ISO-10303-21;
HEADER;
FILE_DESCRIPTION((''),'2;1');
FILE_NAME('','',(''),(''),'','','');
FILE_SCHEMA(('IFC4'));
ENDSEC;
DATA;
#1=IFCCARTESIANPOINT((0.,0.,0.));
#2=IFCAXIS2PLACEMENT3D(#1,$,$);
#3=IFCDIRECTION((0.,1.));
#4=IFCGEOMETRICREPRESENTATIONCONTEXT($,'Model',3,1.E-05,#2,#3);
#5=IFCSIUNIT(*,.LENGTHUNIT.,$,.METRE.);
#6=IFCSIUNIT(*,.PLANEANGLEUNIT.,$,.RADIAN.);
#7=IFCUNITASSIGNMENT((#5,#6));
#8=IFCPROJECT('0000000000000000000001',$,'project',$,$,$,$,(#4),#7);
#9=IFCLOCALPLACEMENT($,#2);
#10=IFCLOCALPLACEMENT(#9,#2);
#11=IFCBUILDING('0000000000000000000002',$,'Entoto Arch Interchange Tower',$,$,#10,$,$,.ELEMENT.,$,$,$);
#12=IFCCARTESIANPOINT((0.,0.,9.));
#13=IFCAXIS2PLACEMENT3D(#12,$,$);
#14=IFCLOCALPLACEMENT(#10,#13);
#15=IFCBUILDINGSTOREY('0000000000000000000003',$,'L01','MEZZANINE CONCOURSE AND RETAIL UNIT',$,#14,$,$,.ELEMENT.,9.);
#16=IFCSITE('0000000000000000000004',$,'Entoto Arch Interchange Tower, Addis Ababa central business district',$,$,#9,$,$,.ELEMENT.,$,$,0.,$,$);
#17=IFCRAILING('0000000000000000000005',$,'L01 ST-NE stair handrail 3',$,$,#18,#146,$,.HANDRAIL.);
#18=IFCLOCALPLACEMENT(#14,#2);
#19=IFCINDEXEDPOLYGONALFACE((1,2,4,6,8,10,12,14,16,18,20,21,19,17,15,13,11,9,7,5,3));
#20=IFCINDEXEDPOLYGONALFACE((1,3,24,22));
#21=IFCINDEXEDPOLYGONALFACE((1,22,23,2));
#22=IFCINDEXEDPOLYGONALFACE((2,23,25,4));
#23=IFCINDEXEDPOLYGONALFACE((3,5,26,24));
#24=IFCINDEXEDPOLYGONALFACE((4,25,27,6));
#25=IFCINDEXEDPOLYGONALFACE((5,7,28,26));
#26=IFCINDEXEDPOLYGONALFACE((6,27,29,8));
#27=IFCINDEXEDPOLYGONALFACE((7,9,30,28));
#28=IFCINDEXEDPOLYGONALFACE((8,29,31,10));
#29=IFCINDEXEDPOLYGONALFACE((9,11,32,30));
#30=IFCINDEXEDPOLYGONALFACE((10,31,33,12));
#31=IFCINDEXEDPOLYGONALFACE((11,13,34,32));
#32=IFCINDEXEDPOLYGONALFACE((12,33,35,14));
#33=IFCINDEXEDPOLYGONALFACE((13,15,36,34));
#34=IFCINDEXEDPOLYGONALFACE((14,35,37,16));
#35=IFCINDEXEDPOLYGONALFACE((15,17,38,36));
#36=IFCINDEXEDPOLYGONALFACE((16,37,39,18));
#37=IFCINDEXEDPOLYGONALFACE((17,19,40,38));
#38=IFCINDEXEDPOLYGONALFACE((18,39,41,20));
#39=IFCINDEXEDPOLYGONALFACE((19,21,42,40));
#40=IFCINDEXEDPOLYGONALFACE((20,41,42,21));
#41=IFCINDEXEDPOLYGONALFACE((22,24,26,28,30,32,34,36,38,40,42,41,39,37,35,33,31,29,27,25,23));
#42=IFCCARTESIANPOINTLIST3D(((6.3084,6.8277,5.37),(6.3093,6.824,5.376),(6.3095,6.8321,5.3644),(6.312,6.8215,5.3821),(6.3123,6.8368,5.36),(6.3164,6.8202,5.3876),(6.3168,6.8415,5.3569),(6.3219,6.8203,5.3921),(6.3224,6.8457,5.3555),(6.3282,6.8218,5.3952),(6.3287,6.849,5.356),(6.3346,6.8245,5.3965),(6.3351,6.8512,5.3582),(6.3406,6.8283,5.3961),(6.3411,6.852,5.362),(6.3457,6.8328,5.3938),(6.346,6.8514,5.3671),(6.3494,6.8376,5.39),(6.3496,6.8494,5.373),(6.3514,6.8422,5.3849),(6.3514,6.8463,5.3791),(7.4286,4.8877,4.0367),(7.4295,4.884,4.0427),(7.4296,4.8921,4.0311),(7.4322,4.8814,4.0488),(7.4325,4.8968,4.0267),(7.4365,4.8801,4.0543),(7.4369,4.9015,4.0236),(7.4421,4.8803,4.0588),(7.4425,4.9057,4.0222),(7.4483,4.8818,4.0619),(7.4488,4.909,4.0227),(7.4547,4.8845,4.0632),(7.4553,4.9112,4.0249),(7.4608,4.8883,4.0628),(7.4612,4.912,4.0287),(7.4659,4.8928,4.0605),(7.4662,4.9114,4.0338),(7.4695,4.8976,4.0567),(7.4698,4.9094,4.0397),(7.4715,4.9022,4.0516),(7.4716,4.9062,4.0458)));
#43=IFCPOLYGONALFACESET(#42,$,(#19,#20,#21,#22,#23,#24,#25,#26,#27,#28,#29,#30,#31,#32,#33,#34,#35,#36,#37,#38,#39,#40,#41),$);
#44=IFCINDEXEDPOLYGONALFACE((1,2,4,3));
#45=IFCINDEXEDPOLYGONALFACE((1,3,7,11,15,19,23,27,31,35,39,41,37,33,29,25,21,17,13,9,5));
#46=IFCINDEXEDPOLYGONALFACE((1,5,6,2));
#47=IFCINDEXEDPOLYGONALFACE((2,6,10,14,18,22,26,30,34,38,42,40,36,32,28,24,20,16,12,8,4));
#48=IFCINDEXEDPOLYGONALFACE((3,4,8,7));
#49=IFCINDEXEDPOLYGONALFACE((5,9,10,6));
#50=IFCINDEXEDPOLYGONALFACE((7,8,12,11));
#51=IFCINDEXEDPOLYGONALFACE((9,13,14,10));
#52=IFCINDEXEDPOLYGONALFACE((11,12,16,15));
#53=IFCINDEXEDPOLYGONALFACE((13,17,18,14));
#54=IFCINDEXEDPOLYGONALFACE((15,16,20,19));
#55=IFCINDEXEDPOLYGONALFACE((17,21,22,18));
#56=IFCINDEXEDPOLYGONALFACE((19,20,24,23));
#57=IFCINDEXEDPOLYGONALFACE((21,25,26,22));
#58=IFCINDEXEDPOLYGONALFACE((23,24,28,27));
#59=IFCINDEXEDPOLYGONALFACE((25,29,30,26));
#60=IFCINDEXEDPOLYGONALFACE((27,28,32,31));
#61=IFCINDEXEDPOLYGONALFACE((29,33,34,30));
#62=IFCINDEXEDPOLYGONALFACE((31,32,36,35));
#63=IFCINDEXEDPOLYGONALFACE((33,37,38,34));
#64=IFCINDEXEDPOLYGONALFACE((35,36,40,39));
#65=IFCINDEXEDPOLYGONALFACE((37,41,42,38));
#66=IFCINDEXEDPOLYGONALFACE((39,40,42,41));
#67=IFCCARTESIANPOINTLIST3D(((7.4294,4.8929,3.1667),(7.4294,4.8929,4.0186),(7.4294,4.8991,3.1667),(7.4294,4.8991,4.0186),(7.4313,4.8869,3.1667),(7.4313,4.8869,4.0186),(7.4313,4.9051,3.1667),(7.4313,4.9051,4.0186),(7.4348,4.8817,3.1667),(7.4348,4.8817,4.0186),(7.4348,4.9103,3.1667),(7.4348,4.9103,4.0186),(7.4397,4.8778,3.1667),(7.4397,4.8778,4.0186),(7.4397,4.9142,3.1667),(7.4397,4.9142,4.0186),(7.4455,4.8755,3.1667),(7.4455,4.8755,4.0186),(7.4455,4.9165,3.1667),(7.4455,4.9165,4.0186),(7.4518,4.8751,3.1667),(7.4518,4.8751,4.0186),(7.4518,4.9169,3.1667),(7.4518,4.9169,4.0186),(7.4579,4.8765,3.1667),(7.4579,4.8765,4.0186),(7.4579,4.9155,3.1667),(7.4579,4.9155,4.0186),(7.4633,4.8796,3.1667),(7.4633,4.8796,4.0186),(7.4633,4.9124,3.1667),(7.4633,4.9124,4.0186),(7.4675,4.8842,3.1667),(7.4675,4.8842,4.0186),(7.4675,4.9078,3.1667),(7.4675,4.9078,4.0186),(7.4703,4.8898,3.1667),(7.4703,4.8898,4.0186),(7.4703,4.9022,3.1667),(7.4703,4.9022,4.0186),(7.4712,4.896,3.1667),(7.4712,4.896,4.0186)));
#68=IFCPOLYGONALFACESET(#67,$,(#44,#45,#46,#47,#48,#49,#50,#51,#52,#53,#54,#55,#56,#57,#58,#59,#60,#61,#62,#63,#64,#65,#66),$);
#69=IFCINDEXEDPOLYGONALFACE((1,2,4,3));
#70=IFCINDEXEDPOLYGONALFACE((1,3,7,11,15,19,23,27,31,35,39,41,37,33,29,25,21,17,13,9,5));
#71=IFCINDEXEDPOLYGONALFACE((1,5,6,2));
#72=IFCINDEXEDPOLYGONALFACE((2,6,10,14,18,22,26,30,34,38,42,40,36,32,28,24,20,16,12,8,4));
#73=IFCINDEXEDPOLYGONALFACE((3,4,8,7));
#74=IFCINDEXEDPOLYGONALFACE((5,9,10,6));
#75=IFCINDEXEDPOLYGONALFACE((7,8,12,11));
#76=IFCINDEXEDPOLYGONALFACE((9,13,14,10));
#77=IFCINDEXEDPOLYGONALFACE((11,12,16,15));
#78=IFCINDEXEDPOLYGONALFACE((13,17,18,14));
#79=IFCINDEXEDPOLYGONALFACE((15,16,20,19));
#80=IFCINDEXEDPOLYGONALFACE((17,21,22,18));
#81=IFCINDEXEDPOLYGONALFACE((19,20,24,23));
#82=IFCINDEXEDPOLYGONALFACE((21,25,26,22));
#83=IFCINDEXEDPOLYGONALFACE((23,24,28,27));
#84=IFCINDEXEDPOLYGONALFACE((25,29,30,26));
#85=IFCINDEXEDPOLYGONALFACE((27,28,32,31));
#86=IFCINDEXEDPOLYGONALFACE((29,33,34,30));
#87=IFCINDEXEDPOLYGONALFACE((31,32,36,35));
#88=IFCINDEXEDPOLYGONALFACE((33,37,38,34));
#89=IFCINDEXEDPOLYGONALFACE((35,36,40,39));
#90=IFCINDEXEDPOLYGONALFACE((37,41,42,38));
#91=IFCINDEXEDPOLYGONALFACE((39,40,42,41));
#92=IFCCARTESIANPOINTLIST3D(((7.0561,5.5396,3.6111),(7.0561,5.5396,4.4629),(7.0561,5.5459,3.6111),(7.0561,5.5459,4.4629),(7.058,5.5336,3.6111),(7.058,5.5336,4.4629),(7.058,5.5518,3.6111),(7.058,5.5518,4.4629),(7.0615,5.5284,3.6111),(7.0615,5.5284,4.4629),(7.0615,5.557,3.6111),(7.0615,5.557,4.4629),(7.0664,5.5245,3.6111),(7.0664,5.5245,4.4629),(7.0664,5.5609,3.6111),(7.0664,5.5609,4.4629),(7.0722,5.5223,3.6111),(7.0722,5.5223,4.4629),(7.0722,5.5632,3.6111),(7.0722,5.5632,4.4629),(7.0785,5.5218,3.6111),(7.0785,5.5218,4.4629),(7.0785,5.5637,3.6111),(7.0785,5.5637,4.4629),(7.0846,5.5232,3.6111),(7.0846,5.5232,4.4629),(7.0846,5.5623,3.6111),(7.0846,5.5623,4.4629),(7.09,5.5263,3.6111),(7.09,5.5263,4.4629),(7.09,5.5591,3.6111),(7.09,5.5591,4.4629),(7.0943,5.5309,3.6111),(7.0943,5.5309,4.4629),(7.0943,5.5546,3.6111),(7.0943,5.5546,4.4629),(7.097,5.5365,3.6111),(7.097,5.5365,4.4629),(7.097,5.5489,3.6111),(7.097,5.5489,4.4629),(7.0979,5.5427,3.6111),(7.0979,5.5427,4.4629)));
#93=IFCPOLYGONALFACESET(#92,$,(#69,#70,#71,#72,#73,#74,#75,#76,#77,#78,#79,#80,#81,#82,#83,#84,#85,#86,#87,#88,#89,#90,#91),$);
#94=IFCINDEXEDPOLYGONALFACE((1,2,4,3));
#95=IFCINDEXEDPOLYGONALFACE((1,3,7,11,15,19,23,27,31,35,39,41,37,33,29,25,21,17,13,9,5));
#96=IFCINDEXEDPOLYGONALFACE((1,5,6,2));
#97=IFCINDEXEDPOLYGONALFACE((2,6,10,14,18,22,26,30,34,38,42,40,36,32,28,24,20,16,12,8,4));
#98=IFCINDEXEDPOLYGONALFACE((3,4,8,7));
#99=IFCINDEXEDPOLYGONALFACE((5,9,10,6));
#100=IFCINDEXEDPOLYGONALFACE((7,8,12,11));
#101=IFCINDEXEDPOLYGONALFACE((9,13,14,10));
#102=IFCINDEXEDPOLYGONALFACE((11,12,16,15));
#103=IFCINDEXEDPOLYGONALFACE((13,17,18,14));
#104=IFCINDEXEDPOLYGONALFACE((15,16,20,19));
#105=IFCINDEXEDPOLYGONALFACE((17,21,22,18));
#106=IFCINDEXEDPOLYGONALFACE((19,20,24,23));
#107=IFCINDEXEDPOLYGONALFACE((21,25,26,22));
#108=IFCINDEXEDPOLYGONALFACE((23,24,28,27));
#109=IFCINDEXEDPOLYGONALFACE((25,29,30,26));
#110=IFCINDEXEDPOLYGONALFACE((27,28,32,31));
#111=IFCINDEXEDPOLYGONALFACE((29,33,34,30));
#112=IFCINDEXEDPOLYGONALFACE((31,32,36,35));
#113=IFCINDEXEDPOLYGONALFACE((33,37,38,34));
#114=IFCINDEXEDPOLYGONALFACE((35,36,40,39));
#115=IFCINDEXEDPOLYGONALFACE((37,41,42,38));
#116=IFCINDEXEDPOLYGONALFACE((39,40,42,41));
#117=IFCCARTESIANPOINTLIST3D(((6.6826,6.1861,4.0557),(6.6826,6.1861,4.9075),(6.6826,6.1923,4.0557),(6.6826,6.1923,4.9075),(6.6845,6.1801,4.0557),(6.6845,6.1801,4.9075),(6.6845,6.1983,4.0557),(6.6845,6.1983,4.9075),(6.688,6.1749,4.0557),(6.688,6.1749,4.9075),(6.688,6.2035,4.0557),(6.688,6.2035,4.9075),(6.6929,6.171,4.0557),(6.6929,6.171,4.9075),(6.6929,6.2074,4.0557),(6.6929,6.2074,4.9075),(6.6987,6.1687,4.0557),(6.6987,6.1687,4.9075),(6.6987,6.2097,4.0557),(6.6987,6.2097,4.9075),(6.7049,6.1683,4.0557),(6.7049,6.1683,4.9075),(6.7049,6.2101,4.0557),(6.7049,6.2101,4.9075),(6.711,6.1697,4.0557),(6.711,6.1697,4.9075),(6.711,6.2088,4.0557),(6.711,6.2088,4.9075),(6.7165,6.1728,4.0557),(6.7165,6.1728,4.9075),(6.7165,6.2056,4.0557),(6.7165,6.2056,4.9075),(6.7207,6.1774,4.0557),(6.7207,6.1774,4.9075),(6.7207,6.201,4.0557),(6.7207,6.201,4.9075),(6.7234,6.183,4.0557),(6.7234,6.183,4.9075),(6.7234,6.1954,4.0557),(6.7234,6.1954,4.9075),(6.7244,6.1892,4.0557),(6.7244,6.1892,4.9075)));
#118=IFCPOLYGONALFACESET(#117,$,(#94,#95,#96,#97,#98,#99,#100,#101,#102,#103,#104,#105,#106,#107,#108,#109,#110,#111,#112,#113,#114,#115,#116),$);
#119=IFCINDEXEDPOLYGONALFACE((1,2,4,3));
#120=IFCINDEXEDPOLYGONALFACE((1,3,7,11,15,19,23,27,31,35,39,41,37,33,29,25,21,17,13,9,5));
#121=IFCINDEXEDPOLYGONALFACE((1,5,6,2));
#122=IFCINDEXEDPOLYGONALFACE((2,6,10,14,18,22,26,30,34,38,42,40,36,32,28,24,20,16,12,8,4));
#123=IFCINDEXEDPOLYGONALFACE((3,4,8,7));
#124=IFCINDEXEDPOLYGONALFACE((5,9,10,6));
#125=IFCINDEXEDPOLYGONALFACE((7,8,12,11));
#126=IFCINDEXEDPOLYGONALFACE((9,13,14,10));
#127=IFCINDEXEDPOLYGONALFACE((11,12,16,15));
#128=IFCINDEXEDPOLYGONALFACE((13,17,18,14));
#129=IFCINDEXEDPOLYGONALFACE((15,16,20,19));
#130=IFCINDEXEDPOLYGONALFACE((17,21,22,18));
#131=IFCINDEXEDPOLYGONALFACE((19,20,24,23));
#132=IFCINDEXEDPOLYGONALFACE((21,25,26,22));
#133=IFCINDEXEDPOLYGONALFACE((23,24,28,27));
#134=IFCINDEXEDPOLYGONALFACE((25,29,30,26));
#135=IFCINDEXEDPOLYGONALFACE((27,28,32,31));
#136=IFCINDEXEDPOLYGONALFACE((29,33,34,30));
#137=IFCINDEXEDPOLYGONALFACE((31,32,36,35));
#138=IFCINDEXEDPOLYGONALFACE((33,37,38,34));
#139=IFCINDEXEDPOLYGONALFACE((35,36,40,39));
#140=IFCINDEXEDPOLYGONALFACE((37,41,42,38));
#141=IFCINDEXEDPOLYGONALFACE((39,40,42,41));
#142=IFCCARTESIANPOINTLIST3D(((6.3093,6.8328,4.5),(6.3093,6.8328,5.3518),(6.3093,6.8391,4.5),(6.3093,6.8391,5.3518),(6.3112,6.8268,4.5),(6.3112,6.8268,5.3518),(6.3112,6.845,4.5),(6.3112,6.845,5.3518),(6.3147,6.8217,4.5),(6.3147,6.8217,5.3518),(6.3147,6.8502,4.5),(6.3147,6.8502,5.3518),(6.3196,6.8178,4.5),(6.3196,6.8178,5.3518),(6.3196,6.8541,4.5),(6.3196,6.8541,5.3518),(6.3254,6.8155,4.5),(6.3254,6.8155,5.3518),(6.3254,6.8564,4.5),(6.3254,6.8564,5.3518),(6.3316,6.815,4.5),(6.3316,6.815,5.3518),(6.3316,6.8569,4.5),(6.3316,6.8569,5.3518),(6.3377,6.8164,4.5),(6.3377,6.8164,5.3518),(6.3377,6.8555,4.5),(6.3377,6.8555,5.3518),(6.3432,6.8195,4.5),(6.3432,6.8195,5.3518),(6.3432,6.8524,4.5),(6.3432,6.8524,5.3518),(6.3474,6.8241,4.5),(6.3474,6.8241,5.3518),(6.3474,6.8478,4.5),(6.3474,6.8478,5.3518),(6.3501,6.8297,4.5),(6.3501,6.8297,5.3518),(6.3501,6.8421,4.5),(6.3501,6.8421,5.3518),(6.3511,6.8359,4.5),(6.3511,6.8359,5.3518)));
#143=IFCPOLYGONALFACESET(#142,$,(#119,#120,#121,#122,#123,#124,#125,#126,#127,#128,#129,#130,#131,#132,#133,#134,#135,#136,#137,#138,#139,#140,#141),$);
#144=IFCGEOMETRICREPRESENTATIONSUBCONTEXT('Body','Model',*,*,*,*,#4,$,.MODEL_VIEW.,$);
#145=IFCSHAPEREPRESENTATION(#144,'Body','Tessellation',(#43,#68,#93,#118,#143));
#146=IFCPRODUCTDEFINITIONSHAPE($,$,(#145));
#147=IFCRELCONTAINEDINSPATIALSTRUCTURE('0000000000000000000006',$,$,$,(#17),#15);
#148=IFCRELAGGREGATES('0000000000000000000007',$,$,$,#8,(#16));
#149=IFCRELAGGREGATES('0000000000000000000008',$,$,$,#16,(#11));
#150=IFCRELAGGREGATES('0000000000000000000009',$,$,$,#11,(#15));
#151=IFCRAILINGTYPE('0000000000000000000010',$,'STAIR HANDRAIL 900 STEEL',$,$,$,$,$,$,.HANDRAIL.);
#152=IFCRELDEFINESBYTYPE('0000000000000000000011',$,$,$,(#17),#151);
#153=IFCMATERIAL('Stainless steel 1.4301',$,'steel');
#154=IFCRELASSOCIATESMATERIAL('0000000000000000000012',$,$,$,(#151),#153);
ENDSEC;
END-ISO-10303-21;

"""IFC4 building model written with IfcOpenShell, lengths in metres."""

from ifc_helpers import new_model, si_unit, direction, frame, origin, origin_2d, place, context, subcontext, project, spatial, circle, extrude, material, type_object, element, save


model = new_model("IFC4")

# Units and contexts
model_context = context("Model", 3, precision=1e-05, world=origin(), true_north=direction((0.0, 1.0)))
body_context = subcontext(model_context, "Body", "Model", "MODEL_VIEW")
ifc_project = project(units=[si_unit("LENGTHUNIT", "METRE"), si_unit("PLANEANGLEUNIT", "RADIAN")], contexts=[model_context])

# Site, building, storey
site_placement = place(None, origin())
site = spatial("IfcSite", under=ifc_project, at=site_placement, Name="Entoto Arch Interchange Tower, Addis Ababa central business district", CompositionType="ELEMENT", RefElevation=0.0)
building_placement = place(site_placement, origin())
building = spatial("IfcBuilding", under=site, at=building_placement, Name="Entoto Arch Interchange Tower", CompositionType="ELEMENT")
storey_placement = place(building_placement, frame((0.0, 0.0, 9.0)))
storey = spatial("IfcBuildingStorey", under=building, at=storey_placement, Name="L01", Description="MEZZANINE CONCOURSE AND RETAIL UNIT", CompositionType="ELEMENT", Elevation=9.0)

# Railing
ifc_material_1 = material(Name="Stainless steel 1.4301", Category="steel")
railing_type_1 = type_object("IfcRailingType", Name="STAIR HANDRAIL 900 STEEL", PredefinedType="HANDRAIL", material=ifc_material_1)
for number, where, name in (
    (1, (7.4502, 4.896, 3.1667), "L01 ST-NE stair handrail 3"),
):
    element("IfcRailing", number, at=place(storey_placement, frame(where)), inside=storey, type_object=railing_type_1, Name=name, PredefinedType="HANDRAIL", context=body_context, shape_type="SweptSolid", body=[
        extrude(circle(Radius=0.0239, at=origin_2d()), frame((0.0, 0.0, 0.876), z_axis=(-0.429684, 0.744175, 0.511444), x_axis=(-0.866008, -0.500031, 0.0)), (0.0, 0.0, 1.0), 2.6069),
        extrude(circle(Radius=0.021, at=origin_2d()), origin(), (0.0, 0.0, 1.0), 0.8518),
        extrude(circle(Radius=0.021, at=origin_2d()), frame((-0.3733, 0.6467, 0.4443)), (0.0, 0.0, 1.0), 0.8518),
        extrude(circle(Radius=0.021, at=origin_2d()), frame((-0.7468, 1.2932, 0.8889)), (0.0, 0.0, 1.0), 0.8518),
        extrude(circle(Radius=0.021, at=origin_2d()), frame((-1.1201, 1.9399, 1.3333)), (0.0, 0.0, 1.0), 0.8518),
    ])

save(model, "model.ifc")
